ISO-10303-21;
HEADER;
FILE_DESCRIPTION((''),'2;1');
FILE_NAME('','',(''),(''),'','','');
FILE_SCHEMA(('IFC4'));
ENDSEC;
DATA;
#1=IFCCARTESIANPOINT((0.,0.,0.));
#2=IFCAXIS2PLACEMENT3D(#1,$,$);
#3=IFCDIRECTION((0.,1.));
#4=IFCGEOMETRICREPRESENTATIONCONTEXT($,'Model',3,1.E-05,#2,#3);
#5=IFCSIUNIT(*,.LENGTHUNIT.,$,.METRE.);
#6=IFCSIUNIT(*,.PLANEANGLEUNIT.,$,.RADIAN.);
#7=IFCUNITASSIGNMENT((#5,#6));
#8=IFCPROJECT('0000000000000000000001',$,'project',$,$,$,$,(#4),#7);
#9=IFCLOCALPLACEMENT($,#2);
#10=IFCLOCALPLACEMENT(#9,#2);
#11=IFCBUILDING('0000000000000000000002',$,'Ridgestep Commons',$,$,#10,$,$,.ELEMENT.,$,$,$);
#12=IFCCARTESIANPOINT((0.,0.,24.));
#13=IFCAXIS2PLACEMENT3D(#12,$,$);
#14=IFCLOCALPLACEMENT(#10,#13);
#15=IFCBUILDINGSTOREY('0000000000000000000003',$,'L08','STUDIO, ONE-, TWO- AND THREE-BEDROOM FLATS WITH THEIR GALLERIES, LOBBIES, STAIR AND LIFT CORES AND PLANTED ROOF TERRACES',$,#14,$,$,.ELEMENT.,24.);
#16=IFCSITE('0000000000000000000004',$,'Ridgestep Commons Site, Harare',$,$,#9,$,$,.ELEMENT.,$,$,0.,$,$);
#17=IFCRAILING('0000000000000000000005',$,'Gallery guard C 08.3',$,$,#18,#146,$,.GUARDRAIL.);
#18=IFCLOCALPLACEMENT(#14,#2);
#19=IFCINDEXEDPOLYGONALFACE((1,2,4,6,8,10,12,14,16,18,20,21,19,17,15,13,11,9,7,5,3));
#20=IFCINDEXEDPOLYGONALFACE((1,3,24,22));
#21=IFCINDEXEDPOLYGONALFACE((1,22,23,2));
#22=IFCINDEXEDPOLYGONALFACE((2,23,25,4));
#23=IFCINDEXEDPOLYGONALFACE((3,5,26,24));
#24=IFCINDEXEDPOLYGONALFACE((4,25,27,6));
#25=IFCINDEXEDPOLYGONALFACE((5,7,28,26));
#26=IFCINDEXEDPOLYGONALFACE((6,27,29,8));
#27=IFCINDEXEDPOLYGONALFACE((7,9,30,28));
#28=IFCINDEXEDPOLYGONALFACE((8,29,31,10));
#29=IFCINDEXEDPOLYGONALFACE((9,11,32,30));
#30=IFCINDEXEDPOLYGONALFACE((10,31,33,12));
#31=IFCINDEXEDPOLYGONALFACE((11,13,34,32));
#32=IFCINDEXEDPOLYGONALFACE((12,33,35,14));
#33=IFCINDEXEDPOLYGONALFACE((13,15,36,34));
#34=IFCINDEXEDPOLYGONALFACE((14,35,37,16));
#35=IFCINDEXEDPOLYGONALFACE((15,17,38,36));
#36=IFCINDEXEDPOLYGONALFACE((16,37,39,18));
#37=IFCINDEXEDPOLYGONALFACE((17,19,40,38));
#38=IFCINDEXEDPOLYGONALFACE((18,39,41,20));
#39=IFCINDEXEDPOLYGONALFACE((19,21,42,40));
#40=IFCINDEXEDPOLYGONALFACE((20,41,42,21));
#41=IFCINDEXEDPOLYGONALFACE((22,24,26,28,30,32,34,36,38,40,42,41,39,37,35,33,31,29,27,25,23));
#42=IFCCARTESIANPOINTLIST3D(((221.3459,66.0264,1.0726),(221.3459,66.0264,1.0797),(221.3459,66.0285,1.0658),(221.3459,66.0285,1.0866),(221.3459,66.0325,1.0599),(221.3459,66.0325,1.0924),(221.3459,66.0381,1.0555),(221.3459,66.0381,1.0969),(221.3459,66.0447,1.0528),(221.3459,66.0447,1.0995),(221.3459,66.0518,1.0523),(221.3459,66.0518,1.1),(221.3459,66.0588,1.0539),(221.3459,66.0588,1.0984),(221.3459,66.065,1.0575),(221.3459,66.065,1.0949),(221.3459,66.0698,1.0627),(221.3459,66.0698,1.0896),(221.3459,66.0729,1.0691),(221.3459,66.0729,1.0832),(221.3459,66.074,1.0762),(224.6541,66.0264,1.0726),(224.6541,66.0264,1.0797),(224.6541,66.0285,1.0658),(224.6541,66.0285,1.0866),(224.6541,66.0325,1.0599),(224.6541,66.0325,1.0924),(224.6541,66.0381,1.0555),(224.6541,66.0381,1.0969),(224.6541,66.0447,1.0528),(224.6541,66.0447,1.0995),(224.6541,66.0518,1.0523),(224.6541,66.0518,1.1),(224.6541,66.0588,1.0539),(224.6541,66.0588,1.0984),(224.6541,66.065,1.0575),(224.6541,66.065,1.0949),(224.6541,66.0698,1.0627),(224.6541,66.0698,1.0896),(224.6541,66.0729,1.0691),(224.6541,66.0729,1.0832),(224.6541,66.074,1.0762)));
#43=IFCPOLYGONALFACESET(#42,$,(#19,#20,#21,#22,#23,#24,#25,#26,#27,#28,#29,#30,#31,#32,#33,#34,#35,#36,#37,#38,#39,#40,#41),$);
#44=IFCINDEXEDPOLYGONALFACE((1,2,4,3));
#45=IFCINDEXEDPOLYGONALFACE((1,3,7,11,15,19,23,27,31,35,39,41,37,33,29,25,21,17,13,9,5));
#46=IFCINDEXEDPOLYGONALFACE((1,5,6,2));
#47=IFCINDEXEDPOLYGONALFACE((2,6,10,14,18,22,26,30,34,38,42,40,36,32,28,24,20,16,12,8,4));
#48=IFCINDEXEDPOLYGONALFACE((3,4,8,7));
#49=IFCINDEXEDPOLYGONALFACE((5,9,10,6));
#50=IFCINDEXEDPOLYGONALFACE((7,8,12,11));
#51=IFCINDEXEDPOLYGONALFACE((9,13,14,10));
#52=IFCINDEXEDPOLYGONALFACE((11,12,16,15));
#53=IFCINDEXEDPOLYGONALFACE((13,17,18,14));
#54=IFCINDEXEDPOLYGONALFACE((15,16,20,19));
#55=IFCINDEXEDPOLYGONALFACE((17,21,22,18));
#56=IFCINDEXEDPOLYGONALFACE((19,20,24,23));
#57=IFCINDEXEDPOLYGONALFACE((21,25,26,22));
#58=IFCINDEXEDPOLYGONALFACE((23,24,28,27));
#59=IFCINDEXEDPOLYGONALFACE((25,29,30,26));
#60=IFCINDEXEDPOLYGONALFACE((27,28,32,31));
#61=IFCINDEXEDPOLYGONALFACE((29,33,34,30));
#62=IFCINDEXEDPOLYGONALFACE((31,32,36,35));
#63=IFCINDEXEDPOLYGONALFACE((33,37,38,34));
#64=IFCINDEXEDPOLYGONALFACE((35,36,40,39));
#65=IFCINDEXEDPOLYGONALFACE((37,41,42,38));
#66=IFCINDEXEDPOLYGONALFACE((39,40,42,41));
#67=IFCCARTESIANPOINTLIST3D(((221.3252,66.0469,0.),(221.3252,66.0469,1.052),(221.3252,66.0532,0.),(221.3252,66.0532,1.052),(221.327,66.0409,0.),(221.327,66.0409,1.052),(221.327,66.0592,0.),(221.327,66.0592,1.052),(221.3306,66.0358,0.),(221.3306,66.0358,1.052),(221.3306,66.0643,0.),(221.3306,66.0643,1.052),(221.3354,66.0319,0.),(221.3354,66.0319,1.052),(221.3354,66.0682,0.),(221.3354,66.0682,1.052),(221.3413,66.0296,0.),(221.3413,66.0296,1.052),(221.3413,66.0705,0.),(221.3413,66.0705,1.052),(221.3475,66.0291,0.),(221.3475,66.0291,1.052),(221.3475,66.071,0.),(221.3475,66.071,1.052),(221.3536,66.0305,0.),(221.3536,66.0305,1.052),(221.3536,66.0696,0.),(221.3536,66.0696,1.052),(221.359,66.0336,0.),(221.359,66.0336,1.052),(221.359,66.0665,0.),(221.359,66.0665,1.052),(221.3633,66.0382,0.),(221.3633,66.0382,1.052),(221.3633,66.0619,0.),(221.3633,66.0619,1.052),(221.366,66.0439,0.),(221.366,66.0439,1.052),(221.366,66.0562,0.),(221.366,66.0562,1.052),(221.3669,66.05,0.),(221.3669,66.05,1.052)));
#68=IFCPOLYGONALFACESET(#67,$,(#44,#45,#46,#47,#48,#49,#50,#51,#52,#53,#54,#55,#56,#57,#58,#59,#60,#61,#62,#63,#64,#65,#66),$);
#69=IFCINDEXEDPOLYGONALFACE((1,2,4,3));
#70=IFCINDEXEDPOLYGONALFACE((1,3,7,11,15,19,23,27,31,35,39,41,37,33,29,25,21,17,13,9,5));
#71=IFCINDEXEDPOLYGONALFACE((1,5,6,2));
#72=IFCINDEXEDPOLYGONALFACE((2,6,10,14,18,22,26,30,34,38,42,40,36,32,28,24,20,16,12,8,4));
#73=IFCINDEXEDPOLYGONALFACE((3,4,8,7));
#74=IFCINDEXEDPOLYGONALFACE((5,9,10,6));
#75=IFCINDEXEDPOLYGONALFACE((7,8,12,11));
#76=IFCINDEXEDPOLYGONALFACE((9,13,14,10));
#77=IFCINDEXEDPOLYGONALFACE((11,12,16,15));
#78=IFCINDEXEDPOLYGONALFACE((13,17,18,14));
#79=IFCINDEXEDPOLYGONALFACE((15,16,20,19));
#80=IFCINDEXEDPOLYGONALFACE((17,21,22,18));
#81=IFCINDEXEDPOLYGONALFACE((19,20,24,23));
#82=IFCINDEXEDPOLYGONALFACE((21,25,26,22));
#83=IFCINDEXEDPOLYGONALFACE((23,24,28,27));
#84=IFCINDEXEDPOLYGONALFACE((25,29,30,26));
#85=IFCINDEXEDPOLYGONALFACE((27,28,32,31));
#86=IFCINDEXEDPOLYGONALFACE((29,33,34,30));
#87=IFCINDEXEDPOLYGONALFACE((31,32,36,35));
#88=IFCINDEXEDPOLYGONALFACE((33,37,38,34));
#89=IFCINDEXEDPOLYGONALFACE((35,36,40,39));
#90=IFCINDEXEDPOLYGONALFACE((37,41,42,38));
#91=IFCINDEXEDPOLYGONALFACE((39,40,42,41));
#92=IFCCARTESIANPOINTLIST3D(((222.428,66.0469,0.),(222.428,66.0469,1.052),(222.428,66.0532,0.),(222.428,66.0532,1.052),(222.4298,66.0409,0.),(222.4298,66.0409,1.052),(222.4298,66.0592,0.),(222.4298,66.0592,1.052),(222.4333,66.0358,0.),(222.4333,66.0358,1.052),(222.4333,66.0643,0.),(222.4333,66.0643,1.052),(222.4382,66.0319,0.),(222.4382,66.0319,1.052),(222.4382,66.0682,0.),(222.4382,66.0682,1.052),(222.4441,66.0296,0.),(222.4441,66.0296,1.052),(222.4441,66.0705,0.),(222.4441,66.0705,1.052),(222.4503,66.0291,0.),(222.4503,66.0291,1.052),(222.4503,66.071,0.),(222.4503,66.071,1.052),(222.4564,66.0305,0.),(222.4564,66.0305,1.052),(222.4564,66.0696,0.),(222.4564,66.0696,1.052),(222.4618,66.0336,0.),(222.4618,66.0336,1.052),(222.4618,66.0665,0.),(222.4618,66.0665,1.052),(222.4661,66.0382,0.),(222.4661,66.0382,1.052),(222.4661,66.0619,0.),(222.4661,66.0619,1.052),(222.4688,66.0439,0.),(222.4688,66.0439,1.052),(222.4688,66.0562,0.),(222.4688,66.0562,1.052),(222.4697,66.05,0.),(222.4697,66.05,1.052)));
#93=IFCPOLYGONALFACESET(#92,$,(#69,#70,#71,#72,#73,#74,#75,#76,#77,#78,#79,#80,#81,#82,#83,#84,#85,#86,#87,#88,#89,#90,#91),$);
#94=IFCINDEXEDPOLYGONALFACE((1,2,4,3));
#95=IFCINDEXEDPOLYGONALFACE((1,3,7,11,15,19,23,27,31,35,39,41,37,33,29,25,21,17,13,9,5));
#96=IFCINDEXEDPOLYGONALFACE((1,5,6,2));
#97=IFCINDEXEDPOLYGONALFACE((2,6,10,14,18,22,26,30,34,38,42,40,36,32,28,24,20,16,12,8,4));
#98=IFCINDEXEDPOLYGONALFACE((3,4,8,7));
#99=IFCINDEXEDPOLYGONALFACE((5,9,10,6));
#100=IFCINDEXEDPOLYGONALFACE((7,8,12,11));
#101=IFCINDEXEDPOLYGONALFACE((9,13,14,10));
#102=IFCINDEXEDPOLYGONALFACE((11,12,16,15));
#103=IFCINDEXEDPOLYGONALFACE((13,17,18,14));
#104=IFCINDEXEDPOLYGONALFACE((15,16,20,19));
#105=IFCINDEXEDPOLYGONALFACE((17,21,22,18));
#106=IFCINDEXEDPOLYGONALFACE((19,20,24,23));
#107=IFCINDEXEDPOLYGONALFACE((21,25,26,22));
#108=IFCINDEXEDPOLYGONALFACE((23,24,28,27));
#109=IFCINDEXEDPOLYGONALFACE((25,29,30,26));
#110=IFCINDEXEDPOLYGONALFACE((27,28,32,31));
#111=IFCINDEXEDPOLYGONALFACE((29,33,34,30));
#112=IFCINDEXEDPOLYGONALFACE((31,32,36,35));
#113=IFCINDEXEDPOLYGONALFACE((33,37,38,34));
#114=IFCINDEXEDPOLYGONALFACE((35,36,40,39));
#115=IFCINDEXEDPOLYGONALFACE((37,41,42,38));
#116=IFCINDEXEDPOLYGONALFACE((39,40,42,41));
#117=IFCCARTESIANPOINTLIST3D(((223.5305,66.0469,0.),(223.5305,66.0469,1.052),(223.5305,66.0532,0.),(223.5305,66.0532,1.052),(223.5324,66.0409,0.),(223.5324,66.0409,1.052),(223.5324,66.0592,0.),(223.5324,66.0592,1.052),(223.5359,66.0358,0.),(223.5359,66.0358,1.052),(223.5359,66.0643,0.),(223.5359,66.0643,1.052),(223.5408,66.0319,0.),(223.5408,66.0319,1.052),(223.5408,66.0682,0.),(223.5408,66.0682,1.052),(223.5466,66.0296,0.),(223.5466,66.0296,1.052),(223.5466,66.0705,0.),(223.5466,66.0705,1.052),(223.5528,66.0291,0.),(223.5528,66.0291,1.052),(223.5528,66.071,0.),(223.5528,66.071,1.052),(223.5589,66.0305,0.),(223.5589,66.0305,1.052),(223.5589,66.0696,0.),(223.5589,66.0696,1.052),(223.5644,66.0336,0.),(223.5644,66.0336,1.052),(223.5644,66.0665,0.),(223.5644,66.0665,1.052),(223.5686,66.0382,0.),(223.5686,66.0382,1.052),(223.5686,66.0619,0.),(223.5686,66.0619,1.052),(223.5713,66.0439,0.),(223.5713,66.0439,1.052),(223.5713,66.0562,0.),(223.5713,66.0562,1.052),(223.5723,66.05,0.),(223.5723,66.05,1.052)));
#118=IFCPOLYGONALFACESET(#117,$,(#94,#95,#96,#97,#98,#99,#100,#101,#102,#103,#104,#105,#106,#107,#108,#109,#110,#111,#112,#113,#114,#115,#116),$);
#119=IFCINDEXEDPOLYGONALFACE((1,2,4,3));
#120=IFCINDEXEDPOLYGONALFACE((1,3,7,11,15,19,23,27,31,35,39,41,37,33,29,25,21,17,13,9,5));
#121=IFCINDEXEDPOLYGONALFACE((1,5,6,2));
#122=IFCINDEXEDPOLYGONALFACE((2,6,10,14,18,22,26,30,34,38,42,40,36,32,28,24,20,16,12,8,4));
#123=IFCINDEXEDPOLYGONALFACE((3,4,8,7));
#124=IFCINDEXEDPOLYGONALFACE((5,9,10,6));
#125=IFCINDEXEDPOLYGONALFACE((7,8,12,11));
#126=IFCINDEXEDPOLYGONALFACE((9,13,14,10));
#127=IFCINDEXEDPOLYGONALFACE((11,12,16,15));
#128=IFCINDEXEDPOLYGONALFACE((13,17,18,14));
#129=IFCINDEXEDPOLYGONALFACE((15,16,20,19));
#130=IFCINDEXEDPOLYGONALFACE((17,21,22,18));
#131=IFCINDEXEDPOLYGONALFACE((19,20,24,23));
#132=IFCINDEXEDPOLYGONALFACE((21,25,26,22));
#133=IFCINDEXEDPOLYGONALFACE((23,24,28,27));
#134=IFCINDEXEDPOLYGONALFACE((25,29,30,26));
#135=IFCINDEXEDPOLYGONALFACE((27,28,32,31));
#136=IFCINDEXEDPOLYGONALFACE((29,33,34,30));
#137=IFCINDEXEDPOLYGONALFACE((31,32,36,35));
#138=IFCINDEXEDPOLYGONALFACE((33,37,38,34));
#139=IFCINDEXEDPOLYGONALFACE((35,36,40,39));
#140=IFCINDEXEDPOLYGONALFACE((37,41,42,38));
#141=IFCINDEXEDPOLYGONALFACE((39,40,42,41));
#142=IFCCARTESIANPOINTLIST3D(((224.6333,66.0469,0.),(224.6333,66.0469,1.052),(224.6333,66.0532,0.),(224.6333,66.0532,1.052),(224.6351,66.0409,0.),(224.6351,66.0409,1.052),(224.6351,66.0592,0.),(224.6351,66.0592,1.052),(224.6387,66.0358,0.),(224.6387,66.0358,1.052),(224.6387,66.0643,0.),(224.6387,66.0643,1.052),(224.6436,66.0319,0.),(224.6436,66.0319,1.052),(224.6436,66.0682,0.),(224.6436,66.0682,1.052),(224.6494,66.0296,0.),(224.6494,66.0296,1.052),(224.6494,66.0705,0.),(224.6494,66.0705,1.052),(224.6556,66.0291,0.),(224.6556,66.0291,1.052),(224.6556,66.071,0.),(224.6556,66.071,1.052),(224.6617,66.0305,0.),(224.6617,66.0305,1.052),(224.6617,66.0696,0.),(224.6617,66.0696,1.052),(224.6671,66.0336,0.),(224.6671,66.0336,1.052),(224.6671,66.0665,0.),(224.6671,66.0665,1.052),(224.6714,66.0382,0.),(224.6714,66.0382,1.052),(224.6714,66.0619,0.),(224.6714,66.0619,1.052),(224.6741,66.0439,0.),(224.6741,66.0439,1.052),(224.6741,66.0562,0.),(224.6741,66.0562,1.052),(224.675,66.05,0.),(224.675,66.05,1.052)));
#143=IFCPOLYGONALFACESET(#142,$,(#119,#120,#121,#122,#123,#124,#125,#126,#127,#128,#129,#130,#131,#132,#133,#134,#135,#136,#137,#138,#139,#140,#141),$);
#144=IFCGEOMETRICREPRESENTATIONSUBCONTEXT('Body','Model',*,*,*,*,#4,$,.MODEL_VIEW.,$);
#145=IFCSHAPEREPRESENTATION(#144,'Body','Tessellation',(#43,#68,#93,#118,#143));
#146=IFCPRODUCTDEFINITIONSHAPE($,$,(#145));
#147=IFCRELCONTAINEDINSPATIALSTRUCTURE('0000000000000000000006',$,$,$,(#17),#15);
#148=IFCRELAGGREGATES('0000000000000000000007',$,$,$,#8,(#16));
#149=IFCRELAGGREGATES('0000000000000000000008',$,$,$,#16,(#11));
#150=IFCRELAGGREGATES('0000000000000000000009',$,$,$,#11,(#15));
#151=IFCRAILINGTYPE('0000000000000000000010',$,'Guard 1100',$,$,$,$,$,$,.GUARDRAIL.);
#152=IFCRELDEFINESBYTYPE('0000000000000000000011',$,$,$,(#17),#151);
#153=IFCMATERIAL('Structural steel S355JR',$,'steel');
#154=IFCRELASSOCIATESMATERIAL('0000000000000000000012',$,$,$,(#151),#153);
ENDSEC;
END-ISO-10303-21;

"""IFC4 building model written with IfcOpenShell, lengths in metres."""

from ifc_helpers import new_model, si_unit, direction, frame, origin, origin_2d, place, context, subcontext, project, spatial, circle, extrude, material, type_object, element, save


model = new_model("IFC4")

# Units and contexts
model_context = context("Model", 3, precision=1e-05, world=origin(), true_north=direction((0.0, 1.0)))
body_context = subcontext(model_context, "Body", "Model", "MODEL_VIEW")
ifc_project = project(units=[si_unit("LENGTHUNIT", "METRE"), si_unit("PLANEANGLEUNIT", "RADIAN")], contexts=[model_context])

# Site, building, storey
site_placement = place(None, origin())
site = spatial("IfcSite", under=ifc_project, at=site_placement, Name="Ridgestep Commons Site, Harare", CompositionType="ELEMENT", RefElevation=0.0)
building_placement = place(site_placement, origin())
building = spatial("IfcBuilding", under=site, at=building_placement, Name="Ridgestep Commons", CompositionType="ELEMENT")
storey_placement = place(building_placement, frame((0.0, 0.0, 24.0)))
storey = spatial("IfcBuildingStorey", under=building, at=storey_placement, Name="L08", Description="STUDIO, ONE-, TWO- AND THREE-BEDROOM FLATS WITH THEIR GALLERIES, LOBBIES, STAIR AND LIFT CORES AND PLANTED ROOF TERRACES", CompositionType="ELEMENT", Elevation=24.0)

# Railing
ifc_material_1 = material(Name="Structural steel S355JR", Category="steel")
railing_type_1 = type_object("IfcRailingType", Name="Guard 1100", PredefinedType="GUARDRAIL", material=ifc_material_1)
railing_1_placement = place(storey_placement, frame((221.3459, 66.05, 0.0)))
element("IfcRailing", 1, at=railing_1_placement, inside=storey, type_object=railing_type_1, Name="Gallery guard C 08.3", PredefinedType="GUARDRAIL", context=body_context, shape_type="SweptSolid", body=[
    extrude(circle(Radius=0.0239, at=origin_2d()), frame((0.0, 0.0, 1.0762), z_axis=(1.0, 0.0, 0.0), x_axis=(0.0, 1.0, 0.0)), (0.0, 0.0, 1.0), 3.3081),
    extrude(circle(Radius=0.021, at=origin_2d()), origin(), (0.0, 0.0, 1.0), 1.052),
    extrude(circle(Radius=0.021, at=origin_2d()), frame((1.1028, 0.0, 0.0)), (0.0, 0.0, 1.0), 1.052),
    extrude(circle(Radius=0.021, at=origin_2d()), frame((2.2053, 0.0, 0.0)), (0.0, 0.0, 1.0), 1.052),
    extrude(circle(Radius=0.021, at=origin_2d()), frame((3.3081, 0.0, 0.0)), (0.0, 0.0, 1.0), 1.052),
])

save(model, "model.ifc")
